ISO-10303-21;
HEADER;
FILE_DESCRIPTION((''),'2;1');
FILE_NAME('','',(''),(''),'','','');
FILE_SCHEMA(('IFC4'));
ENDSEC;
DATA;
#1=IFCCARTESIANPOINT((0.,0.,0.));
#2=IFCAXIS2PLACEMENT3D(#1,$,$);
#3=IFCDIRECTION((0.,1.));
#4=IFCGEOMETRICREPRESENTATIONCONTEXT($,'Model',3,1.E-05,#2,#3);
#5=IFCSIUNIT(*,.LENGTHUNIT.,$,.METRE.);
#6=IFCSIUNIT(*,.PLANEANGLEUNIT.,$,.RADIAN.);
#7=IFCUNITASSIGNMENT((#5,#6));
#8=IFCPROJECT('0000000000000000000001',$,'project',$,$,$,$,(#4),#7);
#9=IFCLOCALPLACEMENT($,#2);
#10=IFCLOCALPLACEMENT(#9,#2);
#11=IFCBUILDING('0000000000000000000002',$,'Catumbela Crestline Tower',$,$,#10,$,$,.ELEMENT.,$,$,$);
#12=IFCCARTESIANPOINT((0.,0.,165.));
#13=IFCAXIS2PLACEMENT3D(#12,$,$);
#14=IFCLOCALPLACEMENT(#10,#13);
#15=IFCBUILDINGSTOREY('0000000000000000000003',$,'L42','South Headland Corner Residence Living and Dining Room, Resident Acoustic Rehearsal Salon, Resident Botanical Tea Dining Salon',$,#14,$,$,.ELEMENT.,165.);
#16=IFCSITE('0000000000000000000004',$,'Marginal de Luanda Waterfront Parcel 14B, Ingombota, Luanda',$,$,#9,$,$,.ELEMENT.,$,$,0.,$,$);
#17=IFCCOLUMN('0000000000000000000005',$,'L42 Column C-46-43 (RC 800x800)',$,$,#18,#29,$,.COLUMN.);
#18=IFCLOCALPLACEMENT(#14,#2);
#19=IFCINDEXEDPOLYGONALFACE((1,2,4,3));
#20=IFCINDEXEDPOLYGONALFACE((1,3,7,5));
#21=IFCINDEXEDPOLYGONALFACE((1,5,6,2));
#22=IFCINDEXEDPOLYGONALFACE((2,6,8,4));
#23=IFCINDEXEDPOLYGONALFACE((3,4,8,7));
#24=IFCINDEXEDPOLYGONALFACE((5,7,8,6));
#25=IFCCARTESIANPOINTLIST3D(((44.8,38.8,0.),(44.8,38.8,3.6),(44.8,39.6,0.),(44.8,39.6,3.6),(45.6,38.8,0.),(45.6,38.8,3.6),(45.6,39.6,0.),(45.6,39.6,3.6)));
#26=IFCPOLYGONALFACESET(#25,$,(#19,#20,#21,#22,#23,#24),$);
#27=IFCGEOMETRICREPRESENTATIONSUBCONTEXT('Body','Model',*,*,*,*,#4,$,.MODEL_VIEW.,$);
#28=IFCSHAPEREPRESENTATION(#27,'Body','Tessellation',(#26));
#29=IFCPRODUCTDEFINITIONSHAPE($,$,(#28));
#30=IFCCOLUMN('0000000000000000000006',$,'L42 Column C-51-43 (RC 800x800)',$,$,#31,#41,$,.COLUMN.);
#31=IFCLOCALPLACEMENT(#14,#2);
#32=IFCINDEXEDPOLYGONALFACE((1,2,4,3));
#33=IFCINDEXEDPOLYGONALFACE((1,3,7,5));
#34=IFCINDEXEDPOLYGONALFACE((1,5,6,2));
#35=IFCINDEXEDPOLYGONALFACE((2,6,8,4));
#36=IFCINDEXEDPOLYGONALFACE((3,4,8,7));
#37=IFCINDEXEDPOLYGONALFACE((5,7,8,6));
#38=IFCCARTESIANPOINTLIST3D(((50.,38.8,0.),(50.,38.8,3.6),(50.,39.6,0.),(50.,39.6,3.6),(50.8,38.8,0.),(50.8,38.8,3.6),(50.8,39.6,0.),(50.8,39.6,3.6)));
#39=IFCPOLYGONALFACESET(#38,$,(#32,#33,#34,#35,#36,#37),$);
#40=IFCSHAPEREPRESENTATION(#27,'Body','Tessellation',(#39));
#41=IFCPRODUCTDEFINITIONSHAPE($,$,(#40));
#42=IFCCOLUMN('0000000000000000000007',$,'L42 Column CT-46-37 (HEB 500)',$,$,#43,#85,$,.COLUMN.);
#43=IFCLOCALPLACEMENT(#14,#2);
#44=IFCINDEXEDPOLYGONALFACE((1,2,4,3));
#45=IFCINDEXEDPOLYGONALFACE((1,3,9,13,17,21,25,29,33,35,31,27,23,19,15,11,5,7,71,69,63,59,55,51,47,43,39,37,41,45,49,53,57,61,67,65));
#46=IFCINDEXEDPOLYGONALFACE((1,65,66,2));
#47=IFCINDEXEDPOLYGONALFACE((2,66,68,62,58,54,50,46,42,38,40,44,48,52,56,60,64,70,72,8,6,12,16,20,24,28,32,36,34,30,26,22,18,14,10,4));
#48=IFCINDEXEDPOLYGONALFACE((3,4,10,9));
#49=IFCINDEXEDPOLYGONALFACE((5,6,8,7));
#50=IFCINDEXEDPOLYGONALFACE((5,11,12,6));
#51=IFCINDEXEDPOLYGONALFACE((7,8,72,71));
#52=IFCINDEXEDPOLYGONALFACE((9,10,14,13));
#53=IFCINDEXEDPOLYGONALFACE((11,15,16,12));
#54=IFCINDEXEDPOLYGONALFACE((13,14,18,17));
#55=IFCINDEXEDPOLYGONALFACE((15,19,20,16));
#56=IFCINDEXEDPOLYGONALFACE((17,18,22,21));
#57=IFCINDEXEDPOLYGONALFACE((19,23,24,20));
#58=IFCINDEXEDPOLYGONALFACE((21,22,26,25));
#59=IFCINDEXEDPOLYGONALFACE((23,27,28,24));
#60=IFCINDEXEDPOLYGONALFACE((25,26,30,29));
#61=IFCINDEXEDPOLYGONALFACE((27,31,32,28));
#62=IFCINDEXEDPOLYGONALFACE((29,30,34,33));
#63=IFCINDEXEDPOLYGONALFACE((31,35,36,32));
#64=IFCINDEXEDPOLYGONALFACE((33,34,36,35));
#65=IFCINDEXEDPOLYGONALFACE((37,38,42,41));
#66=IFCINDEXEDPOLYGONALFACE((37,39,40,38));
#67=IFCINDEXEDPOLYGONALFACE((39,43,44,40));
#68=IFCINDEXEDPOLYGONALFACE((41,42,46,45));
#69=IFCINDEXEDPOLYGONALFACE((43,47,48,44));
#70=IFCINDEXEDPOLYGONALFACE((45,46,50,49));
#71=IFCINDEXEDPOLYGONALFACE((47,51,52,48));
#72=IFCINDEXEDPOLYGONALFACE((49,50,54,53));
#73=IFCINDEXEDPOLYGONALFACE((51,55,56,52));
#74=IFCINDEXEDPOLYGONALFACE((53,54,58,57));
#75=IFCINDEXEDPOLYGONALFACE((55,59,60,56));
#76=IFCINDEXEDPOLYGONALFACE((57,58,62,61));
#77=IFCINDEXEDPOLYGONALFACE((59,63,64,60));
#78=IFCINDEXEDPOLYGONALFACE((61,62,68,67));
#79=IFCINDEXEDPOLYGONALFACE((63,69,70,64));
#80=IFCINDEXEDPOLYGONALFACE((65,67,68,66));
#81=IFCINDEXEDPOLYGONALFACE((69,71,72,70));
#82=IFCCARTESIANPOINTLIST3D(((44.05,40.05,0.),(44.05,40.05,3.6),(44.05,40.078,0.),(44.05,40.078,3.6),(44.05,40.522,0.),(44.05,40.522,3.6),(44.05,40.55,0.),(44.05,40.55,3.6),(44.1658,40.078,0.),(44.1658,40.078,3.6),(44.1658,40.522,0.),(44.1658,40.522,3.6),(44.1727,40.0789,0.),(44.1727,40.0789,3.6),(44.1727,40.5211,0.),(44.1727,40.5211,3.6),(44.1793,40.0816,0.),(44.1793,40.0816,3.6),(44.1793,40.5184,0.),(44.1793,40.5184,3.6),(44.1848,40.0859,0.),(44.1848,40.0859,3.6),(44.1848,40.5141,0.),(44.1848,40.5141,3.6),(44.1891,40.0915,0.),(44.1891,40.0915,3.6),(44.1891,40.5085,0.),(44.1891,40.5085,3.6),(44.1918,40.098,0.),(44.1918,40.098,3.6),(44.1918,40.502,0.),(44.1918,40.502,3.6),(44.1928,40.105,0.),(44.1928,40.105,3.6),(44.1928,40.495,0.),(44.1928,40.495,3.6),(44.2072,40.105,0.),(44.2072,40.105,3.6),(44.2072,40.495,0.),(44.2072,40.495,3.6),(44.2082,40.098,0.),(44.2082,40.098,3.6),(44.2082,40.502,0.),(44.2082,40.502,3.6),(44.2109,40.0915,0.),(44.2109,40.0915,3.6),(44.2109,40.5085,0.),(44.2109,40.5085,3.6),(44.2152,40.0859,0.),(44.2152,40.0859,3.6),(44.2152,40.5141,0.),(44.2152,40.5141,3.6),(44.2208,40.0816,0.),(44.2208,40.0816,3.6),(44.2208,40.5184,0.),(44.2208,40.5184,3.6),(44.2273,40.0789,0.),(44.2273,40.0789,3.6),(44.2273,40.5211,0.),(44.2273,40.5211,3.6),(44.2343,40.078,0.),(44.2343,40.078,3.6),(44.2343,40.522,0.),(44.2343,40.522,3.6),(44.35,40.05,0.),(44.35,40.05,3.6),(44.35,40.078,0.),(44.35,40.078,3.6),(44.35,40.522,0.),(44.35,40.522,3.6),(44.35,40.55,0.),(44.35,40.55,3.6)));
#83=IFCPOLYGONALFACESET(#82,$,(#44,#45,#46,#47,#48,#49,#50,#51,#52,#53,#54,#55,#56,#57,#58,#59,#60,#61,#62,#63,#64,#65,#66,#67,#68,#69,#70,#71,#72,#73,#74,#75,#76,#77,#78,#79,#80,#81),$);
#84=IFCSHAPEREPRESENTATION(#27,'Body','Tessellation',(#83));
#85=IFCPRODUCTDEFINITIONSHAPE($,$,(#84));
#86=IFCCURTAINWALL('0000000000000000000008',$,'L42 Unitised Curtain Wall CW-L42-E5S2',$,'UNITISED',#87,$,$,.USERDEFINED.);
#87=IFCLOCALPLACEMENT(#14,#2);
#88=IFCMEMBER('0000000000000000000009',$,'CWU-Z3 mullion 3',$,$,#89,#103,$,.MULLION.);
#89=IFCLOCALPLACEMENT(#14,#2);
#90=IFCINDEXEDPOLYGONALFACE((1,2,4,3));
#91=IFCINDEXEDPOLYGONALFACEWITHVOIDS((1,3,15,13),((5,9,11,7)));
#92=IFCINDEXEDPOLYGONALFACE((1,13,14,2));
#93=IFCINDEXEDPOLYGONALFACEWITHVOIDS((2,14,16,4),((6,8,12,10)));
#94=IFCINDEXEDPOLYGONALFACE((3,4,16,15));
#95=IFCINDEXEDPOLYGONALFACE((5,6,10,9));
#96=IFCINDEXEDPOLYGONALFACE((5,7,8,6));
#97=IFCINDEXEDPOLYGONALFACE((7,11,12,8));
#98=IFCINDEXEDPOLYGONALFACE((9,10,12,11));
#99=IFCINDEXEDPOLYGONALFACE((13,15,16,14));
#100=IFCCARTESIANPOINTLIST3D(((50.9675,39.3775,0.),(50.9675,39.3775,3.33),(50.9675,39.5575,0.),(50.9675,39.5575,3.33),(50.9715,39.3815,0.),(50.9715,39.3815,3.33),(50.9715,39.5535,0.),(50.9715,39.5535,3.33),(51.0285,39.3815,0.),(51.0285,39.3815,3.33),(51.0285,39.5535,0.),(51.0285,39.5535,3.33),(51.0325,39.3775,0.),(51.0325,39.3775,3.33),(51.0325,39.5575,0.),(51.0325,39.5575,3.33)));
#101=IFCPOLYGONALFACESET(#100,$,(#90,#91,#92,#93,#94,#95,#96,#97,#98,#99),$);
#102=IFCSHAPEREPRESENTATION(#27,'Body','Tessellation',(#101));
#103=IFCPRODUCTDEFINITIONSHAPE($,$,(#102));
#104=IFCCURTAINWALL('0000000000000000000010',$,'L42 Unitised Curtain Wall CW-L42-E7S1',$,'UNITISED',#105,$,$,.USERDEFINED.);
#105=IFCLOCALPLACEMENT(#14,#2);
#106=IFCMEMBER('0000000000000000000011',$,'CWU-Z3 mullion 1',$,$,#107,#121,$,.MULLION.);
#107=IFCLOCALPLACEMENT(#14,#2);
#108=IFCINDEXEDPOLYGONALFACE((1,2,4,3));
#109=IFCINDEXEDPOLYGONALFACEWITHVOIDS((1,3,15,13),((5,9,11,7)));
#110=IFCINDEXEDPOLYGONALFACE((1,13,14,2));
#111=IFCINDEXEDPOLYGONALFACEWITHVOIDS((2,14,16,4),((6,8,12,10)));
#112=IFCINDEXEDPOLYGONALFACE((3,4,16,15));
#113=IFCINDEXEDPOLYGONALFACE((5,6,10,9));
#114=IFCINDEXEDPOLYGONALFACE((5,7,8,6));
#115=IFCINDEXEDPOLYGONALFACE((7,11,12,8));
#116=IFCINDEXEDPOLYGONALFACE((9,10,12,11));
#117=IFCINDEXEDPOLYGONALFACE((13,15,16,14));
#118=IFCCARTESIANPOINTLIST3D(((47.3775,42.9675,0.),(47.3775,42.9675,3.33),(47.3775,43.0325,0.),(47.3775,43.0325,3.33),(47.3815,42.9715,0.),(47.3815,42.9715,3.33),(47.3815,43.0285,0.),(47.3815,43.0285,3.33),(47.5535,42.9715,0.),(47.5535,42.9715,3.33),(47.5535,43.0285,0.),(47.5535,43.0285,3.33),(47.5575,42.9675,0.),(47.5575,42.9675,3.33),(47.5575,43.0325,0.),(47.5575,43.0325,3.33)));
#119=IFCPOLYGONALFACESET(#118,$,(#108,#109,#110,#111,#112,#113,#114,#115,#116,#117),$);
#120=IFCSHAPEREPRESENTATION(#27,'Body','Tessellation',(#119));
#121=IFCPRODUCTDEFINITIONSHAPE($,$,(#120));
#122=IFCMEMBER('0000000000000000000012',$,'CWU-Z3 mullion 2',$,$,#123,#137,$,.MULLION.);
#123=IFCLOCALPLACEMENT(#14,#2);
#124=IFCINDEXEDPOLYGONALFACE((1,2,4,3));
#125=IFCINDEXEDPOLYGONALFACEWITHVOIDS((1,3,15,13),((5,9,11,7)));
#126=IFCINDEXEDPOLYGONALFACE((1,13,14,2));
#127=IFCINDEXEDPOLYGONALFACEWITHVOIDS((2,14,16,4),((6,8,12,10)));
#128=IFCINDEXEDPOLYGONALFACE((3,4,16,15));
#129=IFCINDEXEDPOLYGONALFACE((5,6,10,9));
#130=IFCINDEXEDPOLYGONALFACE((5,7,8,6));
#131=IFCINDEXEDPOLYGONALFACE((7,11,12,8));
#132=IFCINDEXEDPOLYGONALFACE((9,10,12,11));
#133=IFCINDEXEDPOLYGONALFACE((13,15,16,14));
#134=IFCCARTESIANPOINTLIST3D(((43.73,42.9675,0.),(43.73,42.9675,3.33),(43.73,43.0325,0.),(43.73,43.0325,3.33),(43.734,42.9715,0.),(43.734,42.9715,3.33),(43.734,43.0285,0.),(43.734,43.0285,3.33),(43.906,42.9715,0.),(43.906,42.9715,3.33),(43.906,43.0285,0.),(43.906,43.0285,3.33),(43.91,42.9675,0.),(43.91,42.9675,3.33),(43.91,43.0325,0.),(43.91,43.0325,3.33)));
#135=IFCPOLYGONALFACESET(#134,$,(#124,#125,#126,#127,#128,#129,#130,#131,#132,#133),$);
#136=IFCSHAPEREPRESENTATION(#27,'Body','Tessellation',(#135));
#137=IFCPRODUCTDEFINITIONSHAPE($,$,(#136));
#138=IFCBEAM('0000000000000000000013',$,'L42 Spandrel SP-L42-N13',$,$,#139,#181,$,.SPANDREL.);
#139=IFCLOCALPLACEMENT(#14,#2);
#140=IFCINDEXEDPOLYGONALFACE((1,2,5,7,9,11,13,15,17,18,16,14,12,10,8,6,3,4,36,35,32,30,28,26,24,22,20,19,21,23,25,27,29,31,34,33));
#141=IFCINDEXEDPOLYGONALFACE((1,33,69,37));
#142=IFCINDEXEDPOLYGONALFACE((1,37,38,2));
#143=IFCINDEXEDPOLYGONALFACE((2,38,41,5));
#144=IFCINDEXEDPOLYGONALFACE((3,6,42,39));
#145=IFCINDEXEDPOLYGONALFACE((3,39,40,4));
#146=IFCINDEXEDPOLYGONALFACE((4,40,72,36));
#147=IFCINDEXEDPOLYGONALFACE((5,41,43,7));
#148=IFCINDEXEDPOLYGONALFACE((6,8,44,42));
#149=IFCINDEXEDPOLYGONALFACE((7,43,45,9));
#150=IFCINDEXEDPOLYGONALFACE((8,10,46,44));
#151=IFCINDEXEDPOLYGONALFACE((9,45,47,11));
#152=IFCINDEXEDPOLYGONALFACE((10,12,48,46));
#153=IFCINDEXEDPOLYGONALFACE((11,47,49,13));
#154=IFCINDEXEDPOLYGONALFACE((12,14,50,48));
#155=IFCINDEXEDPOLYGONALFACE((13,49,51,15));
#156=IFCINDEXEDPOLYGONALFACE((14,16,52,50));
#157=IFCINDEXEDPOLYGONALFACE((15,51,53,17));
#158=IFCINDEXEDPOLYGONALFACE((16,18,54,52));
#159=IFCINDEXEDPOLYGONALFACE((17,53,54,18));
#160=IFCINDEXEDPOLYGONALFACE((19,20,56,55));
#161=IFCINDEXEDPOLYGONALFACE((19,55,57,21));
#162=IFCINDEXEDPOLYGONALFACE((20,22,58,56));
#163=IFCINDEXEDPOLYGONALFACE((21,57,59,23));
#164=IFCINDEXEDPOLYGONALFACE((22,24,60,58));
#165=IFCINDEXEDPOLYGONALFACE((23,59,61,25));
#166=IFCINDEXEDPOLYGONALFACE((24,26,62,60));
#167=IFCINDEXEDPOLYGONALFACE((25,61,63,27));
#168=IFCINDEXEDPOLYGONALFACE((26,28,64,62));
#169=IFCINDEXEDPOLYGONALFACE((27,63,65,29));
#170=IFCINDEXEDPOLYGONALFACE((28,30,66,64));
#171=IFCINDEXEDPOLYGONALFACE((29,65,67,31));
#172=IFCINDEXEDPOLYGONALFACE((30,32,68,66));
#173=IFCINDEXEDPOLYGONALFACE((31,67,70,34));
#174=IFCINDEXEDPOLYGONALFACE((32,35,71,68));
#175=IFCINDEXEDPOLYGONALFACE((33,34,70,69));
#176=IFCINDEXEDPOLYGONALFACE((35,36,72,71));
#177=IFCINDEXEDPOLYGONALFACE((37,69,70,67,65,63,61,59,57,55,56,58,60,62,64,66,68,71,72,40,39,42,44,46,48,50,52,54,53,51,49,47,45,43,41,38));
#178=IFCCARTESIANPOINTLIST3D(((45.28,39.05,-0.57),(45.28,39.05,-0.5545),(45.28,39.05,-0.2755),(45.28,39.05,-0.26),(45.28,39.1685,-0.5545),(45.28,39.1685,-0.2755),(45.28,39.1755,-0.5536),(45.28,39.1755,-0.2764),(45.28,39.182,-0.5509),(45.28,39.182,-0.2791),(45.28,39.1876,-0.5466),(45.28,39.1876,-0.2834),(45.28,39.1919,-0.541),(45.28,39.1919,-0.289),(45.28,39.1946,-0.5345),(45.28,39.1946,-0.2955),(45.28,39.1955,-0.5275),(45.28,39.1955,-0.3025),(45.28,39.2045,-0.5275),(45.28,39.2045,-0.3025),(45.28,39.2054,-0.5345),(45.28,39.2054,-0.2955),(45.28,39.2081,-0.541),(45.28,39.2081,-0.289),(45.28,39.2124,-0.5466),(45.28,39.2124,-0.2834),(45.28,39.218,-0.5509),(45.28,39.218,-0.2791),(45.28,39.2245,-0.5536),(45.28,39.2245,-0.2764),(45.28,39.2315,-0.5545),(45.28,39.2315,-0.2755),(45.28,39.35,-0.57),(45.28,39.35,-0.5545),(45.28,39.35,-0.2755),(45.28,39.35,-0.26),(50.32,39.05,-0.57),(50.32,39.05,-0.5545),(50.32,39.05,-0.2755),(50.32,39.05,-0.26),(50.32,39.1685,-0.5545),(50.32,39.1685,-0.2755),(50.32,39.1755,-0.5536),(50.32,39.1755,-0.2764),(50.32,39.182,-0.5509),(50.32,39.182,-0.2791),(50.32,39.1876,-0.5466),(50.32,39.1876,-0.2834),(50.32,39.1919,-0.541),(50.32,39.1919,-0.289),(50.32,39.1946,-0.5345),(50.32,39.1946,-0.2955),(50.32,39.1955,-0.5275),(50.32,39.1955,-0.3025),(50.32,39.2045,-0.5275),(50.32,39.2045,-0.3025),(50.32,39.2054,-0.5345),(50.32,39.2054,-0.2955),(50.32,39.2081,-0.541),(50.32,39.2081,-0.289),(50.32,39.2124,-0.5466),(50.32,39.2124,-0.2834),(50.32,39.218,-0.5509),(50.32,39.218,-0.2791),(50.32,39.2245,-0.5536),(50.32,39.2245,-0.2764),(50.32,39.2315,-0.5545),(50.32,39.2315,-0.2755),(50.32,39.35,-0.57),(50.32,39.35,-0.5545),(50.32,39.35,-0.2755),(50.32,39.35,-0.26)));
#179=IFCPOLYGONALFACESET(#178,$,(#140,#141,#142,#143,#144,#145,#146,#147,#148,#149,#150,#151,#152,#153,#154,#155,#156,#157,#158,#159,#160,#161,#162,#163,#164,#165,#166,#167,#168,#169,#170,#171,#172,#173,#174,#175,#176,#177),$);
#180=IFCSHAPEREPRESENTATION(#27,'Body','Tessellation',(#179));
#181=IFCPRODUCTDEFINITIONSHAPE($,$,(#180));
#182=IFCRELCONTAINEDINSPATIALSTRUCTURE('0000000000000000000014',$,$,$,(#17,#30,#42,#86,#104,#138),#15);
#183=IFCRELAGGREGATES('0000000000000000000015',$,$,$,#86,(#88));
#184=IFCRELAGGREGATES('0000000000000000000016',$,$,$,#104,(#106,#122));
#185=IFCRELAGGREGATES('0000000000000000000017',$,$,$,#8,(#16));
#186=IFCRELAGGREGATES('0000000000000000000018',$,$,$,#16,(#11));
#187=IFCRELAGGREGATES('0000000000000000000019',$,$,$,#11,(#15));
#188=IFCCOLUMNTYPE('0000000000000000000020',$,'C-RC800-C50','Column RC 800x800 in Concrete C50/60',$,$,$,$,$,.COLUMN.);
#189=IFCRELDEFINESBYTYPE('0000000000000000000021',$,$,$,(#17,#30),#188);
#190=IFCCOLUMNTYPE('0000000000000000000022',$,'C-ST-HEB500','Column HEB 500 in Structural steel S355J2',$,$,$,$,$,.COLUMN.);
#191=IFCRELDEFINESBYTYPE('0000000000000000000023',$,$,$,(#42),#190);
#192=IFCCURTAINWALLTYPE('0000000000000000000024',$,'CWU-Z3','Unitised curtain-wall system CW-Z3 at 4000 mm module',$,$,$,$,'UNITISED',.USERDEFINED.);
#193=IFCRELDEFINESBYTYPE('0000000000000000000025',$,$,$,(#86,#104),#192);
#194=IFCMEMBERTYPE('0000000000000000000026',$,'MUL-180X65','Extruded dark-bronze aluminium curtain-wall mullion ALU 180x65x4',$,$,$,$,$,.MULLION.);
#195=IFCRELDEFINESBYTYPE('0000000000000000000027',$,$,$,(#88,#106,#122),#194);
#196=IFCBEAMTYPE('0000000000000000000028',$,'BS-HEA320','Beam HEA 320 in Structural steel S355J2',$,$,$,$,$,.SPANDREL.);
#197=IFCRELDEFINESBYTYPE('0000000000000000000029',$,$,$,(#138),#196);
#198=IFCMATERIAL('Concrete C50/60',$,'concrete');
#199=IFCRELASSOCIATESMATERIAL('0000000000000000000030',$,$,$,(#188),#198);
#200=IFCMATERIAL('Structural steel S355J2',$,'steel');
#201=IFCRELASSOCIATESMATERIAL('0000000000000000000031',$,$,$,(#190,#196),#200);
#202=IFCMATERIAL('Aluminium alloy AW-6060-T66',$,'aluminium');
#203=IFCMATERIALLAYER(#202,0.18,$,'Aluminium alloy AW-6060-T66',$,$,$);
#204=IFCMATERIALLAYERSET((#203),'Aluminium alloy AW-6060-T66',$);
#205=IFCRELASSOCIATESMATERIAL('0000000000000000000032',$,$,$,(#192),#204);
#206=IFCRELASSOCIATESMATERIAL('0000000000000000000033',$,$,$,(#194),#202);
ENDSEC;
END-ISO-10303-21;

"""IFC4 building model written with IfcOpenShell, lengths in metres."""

from ifc_helpers import new_model, si_unit, direction, frame, origin, origin_2d, place, context, subcontext, project, spatial, rectangle, hollow_rectangle, i_section, extrude, material, layer, layer_set, material_profile, profile_set, type_object, element, aggregate, save


model = new_model("IFC4")

# Units and contexts
model_context = context("Model", 3, precision=1e-05, world=origin(), true_north=direction((0.0, 1.0)))
body_context = subcontext(model_context, "Body", "Model", "MODEL_VIEW")
ifc_project = project(units=[si_unit("LENGTHUNIT", "METRE"), si_unit("PLANEANGLEUNIT", "RADIAN")], contexts=[model_context])

# Site, building, storey
site_placement = place(None, origin())
site = spatial("IfcSite", under=ifc_project, at=site_placement, Name="Marginal de Luanda Waterfront Parcel 14B, Ingombota, Luanda", CompositionType="ELEMENT", RefElevation=0.0)
building_placement = place(site_placement, origin())
building = spatial("IfcBuilding", under=site, at=building_placement, Name="Catumbela Crestline Tower", CompositionType="ELEMENT")
storey_placement = place(building_placement, frame((0.0, 0.0, 165.0)))
storey = spatial("IfcBuildingStorey", under=building, at=storey_placement, Name="L42", Description="South Headland Corner Residence Living and Dining Room, Resident Acoustic Rehearsal Salon, Resident Botanical Tea Dining Salon", CompositionType="ELEMENT", Elevation=165.0)

# Columns
ifc_material_1 = material(Name="Concrete C50/60", Category="concrete")
ifc_material_profile_1 = material_profile(ifc_material_1, rectangle(XDim=0.8, YDim=0.8, at=origin_2d()), Name="RC 800x800")
ifc_profile_set_1 = profile_set([ifc_material_profile_1], Name="Concrete C50/60")
column_type_1 = type_object("IfcColumnType", Name="C-RC800-C50", Description="Column RC 800x800 in Concrete C50/60", PredefinedType="COLUMN", material=ifc_profile_set_1)
for number, where, z_axis, x_axis, name in (
    (1, (45.2, 39.2, 0.0), (0.0, 0.0, 1.0), (1.0, 0.0, 0.0), "L42 Column C-46-43 (RC 800x800)"),
    (2, (50.4, 39.2, 0.0), (0.0, 0.0, 1.0), (1.0, 0.0, 0.0), "L42 Column C-51-43 (RC 800x800)"),
):
    element("IfcColumn", number, at=place(storey_placement, frame(where, z_axis=z_axis, x_axis=x_axis)), inside=storey, type_object=column_type_1, Name=name, PredefinedType="COLUMN", context=body_context, shape_type="SweptSolid", body=[
        extrude(rectangle(XDim=0.8, YDim=0.8, at=origin_2d()), origin(), (0.0, 0.0, 1.0), 3.6),
    ])
ifc_material_2 = material(Name="Structural steel S355J2", Category="steel")
ifc_material_profile_2 = material_profile(ifc_material_2, i_section(OverallWidth=0.3, OverallDepth=0.5, WebThickness=0.0145, FlangeThickness=0.028, FilletRadius=0.027, at=origin_2d()), Name="HEB 500")
ifc_profile_set_2 = profile_set([ifc_material_profile_2], Name="Structural steel S355J2")
column_type_2 = type_object("IfcColumnType", Name="C-ST-HEB500", Description="Column HEB 500 in Structural steel S355J2", PredefinedType="COLUMN", material=ifc_profile_set_2)
column_placement = place(storey_placement, frame((44.2, 40.3, 0.0), z_axis=(0.0, 0.0, 1.0), x_axis=(1.0, 0.0, 0.0)))
element("IfcColumn", 3, at=column_placement, inside=storey, type_object=column_type_2, Name="L42 Column CT-46-37 (HEB 500)", PredefinedType="COLUMN", context=body_context, shape_type="SweptSolid", body=[
    extrude(i_section(OverallWidth=0.3, OverallDepth=0.5, WebThickness=0.0145, FlangeThickness=0.028, FilletRadius=0.027, at=origin_2d()), origin(), (0.0, 0.0, 1.0), 3.6),
])

# Curtain wall, member
ifc_material_3 = material(Name="Aluminium alloy AW-6060-T66", Category="aluminium")
ifc_layer_1 = layer(ifc_material_3, 0.18, Name="Aluminium alloy AW-6060-T66")
ifc_layer_set_1 = layer_set([ifc_layer_1], Name="Aluminium alloy AW-6060-T66")
curtain_wall_type = type_object("IfcCurtainWallType", Name="CWU-Z3", Description="Unitised curtain-wall system CW-Z3 at 4000 mm module", ElementType="UNITISED", PredefinedType="USERDEFINED", material=ifc_layer_set_1)
curtain_wall_1_placement = place(storey_placement, origin())
curtain_wall_1 = element("IfcCurtainWall", 4, at=curtain_wall_1_placement, inside=storey, type_object=curtain_wall_type, Name="L42 Unitised Curtain Wall CW-L42-E5S2", ObjectType="UNITISED", PredefinedType="USERDEFINED")
ifc_material_profile_3 = material_profile(ifc_material_3, hollow_rectangle(XDim=0.065, YDim=0.18, WallThickness=0.004, at=origin_2d()), Name="ALU 180x65x4")
ifc_profile_set_3 = profile_set([ifc_material_profile_3], Name="Aluminium alloy AW-6060-T66")
member_type_1 = type_object("IfcMemberType", Name="MUL-180X65", Description="Extruded dark-bronze aluminium curtain-wall mullion ALU 180x65x4", PredefinedType="MULLION", material=ifc_profile_set_3)
member_1_placement = place(storey_placement, frame((51.0, 39.4675, 0.0), z_axis=(0.0, 0.0, 1.0), x_axis=(-1.0, 0.0, 0.0)))
member_1 = element("IfcMember", 5, at=member_1_placement, type_object=member_type_1, Name="CWU-Z3 mullion 3", PredefinedType="MULLION", context=body_context, shape_type="SweptSolid", body=[
    extrude(hollow_rectangle(XDim=0.065, YDim=0.18, WallThickness=0.004, at=origin_2d()), origin(), (0.0, 0.0, 1.0), 3.33),
])

# Curtain wall, members
curtain_wall_2_placement = place(storey_placement, origin())
curtain_wall_2 = element("IfcCurtainWall", 6, at=curtain_wall_2_placement, inside=storey, type_object=curtain_wall_type, Name="L42 Unitised Curtain Wall CW-L42-E7S1", ObjectType="UNITISED", PredefinedType="USERDEFINED")
member_2_placement = place(storey_placement, frame((47.4675, 43.0, 0.0), z_axis=(0.0, 0.0, 1.0), x_axis=(0.0, -1.0, 0.0)))
member_2 = element("IfcMember", 7, at=member_2_placement, type_object=member_type_1, Name="CWU-Z3 mullion 1", PredefinedType="MULLION", context=body_context, shape_type="SweptSolid", body=[
    extrude(hollow_rectangle(XDim=0.065, YDim=0.18, WallThickness=0.004, at=origin_2d()), origin(), (0.0, 0.0, 1.0), 3.33),
])
member_3_placement = place(storey_placement, frame((43.82, 43.0, 0.0), z_axis=(0.0, 0.0, 1.0), x_axis=(0.0, -1.0, 0.0)))
member_3 = element("IfcMember", 8, at=member_3_placement, type_object=member_type_1, Name="CWU-Z3 mullion 2", PredefinedType="MULLION", context=body_context, shape_type="SweptSolid", body=[
    extrude(hollow_rectangle(XDim=0.065, YDim=0.18, WallThickness=0.004, at=origin_2d()), origin(), (0.0, 0.0, 1.0), 3.33),
])

# Beam
ifc_material_profile_4 = material_profile(ifc_material_2, i_section(OverallWidth=0.3, OverallDepth=0.31, WebThickness=0.009, FlangeThickness=0.0155, FilletRadius=0.027, at=origin_2d()), Name="HEA 320")
ifc_profile_set_4 = profile_set([ifc_material_profile_4], Name="Structural steel S355J2")
beam_type = type_object("IfcBeamType", Name="BS-HEA320", Description="Beam HEA 320 in Structural steel S355J2", PredefinedType="SPANDREL", material=ifc_profile_set_4)
beam_placement = place(storey_placement, frame((45.28, 39.2, -0.415), z_axis=(1.0, 0.0, 0.0), x_axis=(0.0, 1.0, 0.0)))
element("IfcBeam", 9, at=beam_placement, inside=storey, type_object=beam_type, Name="L42 Spandrel SP-L42-N13", PredefinedType="SPANDREL", context=body_context, shape_type="SweptSolid", body=[
    extrude(i_section(OverallWidth=0.3, OverallDepth=0.31, WebThickness=0.009, FlangeThickness=0.0155, FilletRadius=0.027, at=origin_2d()), origin(), (0.0, 0.0, 1.0), 5.04),
])

aggregate(curtain_wall_1, [member_1])
aggregate(curtain_wall_2, [member_2, member_3])

save(model, "model.ifc")
